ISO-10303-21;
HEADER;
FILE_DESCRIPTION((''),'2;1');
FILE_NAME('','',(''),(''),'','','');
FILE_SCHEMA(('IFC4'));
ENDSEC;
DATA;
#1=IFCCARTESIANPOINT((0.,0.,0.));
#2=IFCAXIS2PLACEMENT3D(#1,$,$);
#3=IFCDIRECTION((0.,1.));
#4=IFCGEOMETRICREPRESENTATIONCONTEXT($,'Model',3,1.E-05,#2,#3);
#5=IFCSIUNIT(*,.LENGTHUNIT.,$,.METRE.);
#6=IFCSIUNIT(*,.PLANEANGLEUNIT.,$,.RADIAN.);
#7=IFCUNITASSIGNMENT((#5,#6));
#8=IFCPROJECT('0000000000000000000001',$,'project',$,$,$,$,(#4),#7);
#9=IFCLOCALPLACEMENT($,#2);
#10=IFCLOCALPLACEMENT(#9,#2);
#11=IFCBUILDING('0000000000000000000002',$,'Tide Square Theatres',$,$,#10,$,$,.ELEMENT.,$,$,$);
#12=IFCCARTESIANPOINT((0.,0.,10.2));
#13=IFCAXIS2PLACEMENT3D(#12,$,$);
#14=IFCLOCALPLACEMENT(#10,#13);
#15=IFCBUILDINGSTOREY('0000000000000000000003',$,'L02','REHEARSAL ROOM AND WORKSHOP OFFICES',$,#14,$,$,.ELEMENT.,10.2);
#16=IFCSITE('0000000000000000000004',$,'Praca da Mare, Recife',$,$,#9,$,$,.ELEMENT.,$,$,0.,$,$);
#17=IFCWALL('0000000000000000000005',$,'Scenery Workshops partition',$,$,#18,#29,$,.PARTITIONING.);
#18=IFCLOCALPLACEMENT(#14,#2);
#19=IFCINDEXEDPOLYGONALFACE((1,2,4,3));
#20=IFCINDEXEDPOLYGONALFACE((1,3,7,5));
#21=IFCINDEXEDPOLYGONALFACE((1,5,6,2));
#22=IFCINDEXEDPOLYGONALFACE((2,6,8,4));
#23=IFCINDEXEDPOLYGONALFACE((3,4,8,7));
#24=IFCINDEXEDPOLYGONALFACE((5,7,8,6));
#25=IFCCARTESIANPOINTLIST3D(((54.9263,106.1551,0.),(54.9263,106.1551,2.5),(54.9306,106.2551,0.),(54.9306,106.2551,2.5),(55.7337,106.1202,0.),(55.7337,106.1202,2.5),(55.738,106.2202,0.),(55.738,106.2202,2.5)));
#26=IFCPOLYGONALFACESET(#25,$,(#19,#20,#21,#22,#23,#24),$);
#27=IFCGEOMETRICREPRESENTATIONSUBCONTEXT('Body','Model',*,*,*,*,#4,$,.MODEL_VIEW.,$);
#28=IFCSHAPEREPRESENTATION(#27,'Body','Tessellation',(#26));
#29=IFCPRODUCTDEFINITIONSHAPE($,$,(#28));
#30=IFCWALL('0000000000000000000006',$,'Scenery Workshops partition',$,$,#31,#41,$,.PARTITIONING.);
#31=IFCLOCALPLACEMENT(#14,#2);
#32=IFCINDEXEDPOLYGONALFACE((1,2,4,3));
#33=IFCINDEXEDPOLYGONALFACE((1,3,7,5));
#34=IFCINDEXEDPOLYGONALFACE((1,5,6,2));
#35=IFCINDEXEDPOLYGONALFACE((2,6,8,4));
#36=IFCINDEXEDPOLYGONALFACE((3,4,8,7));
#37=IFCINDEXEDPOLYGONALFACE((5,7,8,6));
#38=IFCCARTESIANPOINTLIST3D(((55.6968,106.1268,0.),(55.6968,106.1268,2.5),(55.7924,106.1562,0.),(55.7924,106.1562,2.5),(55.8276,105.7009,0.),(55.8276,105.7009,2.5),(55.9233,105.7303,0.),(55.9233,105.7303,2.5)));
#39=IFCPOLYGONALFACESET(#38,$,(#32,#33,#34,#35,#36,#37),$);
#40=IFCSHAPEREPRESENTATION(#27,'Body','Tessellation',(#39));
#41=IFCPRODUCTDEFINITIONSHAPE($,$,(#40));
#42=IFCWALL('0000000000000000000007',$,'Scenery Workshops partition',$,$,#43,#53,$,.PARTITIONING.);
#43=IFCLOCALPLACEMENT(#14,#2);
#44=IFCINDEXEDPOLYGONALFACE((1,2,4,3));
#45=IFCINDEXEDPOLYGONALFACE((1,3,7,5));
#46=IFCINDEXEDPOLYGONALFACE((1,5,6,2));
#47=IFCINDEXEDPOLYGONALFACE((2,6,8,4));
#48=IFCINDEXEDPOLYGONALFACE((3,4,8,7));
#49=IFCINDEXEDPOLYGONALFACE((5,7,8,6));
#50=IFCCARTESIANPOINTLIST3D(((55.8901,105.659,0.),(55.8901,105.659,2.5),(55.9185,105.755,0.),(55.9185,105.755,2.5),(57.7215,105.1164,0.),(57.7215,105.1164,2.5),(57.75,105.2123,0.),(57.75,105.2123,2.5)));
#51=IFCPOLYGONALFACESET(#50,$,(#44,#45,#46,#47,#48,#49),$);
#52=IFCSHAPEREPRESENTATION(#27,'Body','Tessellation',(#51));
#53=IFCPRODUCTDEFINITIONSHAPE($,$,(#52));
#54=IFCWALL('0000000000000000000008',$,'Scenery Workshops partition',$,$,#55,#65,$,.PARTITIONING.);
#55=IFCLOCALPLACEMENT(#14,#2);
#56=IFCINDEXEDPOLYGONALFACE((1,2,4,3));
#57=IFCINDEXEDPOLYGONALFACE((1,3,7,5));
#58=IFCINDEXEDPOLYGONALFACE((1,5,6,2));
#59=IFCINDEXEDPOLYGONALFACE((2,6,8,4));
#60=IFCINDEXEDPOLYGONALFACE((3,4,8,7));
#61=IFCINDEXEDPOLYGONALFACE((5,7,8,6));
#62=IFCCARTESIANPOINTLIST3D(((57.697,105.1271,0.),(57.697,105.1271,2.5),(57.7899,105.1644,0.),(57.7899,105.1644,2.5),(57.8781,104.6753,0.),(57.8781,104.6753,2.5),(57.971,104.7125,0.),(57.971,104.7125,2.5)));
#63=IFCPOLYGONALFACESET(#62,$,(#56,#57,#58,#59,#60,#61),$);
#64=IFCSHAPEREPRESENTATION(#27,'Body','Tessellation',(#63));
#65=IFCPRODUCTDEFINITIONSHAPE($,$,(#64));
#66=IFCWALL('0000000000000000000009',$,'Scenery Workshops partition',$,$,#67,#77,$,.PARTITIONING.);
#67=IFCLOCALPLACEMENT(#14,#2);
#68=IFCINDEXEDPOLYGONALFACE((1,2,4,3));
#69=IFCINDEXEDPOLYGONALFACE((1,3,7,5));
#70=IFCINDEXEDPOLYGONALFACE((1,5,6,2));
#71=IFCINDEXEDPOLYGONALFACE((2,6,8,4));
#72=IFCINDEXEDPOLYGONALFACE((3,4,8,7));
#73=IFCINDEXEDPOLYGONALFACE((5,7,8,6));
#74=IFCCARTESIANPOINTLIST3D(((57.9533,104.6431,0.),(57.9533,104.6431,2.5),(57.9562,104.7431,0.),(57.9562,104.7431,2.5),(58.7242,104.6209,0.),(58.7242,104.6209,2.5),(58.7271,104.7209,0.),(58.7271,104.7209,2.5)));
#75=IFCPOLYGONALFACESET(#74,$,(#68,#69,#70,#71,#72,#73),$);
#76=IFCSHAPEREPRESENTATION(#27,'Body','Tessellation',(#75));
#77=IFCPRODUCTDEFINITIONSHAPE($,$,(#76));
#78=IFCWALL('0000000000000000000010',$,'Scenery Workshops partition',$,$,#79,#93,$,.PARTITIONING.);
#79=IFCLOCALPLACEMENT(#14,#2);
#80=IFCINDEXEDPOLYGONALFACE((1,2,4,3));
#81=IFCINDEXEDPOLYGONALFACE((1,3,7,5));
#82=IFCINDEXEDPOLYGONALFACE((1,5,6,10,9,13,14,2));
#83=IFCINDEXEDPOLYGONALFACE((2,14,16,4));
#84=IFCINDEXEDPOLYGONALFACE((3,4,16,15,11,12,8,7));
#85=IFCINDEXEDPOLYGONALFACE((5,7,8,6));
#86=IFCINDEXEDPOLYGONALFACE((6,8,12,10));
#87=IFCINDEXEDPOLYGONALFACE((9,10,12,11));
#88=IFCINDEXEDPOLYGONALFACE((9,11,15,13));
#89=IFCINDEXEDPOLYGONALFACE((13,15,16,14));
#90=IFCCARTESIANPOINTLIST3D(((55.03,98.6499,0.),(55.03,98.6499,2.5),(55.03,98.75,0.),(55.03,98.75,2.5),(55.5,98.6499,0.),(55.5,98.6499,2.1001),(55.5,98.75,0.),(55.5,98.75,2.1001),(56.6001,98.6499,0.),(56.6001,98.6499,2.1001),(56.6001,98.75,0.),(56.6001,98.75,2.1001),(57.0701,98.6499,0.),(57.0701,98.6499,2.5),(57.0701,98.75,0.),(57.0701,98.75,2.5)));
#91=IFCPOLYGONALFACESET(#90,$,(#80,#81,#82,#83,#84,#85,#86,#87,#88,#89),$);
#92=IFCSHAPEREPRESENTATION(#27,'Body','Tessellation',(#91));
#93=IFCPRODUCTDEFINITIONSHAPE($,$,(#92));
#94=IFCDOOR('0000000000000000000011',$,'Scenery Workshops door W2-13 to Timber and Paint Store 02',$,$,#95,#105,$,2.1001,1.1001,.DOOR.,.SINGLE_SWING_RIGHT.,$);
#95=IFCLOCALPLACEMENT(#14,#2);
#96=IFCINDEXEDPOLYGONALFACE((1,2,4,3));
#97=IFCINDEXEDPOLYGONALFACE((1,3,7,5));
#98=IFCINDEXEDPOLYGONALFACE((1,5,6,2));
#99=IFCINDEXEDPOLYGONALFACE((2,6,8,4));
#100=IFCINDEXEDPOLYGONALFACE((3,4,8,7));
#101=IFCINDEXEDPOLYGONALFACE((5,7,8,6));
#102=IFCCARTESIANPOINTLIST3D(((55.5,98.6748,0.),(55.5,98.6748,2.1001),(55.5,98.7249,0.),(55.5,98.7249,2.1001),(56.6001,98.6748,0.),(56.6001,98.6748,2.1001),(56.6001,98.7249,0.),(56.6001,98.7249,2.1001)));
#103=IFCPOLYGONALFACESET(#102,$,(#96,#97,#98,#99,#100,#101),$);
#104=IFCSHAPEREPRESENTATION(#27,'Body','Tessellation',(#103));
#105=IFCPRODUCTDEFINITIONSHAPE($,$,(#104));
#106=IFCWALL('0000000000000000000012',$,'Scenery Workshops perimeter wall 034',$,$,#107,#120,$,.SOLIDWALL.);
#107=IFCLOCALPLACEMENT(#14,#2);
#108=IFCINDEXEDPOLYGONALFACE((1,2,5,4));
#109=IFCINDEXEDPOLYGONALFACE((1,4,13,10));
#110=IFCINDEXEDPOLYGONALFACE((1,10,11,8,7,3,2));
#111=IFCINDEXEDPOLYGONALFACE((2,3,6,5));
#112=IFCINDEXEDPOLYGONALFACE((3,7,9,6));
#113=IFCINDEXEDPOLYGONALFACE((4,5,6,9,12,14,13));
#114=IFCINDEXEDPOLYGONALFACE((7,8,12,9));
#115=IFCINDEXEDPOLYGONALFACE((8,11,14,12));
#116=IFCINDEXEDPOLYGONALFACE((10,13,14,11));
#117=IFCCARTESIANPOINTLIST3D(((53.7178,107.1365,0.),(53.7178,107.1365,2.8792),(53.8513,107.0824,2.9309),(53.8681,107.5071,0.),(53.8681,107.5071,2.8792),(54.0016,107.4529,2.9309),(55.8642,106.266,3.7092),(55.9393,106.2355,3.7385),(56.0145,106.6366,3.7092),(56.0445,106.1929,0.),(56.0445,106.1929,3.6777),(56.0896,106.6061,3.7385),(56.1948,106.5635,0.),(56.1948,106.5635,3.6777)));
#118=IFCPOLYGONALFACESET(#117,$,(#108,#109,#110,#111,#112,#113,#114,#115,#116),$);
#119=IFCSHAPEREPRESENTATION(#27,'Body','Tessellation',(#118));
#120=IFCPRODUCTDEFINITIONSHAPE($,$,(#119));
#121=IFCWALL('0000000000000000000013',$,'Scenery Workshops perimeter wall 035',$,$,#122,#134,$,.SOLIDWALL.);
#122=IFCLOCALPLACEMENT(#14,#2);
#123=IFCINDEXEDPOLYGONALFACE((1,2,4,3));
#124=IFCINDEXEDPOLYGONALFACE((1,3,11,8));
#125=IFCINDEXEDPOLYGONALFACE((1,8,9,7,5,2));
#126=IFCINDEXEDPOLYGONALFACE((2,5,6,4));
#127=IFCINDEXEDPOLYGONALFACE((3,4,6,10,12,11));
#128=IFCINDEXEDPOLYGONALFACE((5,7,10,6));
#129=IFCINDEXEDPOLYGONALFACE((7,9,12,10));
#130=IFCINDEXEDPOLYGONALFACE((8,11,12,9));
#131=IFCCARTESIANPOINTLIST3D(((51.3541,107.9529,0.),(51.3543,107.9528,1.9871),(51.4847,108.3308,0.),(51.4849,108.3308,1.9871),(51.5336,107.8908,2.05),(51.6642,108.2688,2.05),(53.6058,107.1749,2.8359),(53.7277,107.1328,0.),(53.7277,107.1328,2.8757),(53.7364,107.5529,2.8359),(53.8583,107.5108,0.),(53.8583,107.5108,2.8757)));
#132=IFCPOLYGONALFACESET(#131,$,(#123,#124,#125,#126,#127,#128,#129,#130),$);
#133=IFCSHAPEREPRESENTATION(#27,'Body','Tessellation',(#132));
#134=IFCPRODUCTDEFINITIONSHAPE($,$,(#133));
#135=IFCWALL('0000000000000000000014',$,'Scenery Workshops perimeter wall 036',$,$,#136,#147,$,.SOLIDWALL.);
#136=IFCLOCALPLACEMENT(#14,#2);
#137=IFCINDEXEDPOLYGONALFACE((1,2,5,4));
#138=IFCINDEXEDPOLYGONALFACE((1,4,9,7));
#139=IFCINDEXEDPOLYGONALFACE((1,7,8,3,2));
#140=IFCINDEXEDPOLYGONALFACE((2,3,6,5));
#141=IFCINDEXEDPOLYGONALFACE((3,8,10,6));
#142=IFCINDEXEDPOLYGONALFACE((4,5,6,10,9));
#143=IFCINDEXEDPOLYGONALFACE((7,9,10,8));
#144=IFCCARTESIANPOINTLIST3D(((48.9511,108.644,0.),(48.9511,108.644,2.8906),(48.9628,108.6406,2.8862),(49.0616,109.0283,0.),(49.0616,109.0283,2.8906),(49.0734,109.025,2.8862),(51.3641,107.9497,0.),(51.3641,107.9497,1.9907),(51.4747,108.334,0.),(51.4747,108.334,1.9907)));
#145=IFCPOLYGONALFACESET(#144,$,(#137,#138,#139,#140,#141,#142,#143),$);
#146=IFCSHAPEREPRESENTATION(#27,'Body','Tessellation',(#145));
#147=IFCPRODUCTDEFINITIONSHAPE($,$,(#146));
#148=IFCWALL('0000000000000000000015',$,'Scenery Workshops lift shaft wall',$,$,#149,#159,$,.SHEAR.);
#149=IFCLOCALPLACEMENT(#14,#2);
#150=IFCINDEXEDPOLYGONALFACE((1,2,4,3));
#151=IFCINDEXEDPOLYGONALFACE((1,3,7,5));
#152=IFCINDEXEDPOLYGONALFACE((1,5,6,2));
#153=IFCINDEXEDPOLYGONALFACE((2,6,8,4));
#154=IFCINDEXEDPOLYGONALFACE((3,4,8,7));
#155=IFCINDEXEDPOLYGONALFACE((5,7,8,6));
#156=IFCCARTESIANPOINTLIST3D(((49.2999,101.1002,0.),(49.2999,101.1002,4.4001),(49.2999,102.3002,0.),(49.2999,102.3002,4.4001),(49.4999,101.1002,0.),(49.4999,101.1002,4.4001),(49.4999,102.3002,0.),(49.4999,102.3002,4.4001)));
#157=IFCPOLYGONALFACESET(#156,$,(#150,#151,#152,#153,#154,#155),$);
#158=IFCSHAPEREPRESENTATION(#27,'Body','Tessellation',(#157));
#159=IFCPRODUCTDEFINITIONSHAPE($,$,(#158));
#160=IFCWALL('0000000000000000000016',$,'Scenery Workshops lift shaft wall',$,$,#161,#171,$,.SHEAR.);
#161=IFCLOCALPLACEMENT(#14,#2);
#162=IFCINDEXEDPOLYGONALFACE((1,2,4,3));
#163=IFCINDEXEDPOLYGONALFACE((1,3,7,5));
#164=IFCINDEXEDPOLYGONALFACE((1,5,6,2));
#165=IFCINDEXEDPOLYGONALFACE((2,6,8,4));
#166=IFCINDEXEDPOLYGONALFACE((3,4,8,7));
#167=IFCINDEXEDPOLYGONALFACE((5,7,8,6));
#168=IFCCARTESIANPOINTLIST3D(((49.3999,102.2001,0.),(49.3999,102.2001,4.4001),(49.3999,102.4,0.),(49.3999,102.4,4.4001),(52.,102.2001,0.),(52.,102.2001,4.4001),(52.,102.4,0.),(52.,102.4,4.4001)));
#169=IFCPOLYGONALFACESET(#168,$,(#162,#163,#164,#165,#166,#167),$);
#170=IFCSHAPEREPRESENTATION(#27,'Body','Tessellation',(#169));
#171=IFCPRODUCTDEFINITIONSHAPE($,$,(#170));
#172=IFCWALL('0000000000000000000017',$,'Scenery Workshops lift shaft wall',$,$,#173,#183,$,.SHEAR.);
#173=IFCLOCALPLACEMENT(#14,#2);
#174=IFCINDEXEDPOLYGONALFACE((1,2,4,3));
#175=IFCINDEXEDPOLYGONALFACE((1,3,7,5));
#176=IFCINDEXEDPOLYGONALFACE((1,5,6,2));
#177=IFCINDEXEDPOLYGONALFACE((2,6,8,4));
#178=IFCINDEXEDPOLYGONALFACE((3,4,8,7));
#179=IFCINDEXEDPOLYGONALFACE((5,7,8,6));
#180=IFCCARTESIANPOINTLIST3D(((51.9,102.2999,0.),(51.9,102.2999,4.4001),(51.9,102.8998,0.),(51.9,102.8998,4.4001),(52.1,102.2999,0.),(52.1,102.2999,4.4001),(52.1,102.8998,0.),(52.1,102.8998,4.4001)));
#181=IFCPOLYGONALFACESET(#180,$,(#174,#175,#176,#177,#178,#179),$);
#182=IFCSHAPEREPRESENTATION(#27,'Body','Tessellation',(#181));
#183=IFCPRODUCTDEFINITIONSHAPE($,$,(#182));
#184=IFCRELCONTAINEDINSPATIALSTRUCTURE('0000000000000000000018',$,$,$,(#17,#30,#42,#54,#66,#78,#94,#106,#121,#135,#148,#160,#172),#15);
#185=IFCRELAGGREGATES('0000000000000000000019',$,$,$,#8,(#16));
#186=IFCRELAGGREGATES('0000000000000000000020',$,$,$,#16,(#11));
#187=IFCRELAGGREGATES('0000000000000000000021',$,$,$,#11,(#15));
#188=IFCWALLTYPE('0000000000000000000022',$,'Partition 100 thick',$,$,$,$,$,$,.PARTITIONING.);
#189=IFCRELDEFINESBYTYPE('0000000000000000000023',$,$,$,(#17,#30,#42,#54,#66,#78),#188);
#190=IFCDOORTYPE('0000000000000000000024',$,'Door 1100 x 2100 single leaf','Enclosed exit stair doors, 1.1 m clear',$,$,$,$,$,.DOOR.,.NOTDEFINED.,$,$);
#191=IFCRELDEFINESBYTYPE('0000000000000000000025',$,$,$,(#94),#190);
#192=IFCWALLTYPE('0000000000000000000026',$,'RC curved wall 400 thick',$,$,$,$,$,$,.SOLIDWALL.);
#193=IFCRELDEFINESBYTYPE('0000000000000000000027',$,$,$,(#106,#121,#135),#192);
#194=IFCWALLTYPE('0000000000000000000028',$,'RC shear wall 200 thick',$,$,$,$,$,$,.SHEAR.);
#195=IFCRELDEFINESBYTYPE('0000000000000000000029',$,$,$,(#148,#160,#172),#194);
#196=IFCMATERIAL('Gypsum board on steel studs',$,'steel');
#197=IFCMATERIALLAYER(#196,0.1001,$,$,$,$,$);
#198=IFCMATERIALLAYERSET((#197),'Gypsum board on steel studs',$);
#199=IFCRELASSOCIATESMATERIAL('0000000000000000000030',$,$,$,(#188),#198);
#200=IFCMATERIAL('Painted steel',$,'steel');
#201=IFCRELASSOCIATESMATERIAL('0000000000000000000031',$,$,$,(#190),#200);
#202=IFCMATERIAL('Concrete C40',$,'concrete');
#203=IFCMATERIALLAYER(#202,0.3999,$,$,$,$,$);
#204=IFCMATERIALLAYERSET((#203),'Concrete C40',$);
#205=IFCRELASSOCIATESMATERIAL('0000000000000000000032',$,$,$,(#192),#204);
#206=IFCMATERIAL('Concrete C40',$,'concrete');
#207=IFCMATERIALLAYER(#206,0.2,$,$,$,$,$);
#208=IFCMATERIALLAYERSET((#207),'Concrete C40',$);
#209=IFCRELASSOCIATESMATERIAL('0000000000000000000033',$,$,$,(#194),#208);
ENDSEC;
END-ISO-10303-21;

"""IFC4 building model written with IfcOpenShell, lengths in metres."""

from ifc_helpers import new_model, si_unit, direction, frame, frame_2d, origin, place, context, subcontext, project, spatial, polyline, rectangle, outline, extrude, material, layer, layer_set, type_object, element, fill, save


model = new_model("IFC4")

# Units and contexts
model_context = context("Model", 3, precision=1e-05, world=origin(), true_north=direction((0.0, 1.0)))
body_context = subcontext(model_context, "Body", "Model", "MODEL_VIEW")
ifc_project = project(units=[si_unit("LENGTHUNIT", "METRE"), si_unit("PLANEANGLEUNIT", "RADIAN")], contexts=[model_context])

# Site, building, storey
site_placement = place(None, origin())
site = spatial("IfcSite", under=ifc_project, at=site_placement, Name="Praca da Mare, Recife", CompositionType="ELEMENT", RefElevation=0.0)
building_placement = place(site_placement, origin())
building = spatial("IfcBuilding", under=site, at=building_placement, Name="Tide Square Theatres", CompositionType="ELEMENT")
storey_placement = place(building_placement, frame((0.0, 0.0, 10.2)))
storey = spatial("IfcBuildingStorey", under=building, at=storey_placement, Name="L02", Description="REHEARSAL ROOM AND WORKSHOP OFFICES", CompositionType="ELEMENT", Elevation=10.2)

# Shared definitions
ifc_material_1 = material(Name="Gypsum board on steel studs", Category="steel")
ifc_layer_1 = layer(ifc_material_1, 0.1001)
ifc_layer_set_1 = layer_set([ifc_layer_1], Name="Gypsum board on steel studs")
wall_type_1 = type_object("IfcWallType", Name="Partition 100 thick", PredefinedType="PARTITIONING", material=ifc_layer_set_1)
ifc_material_2 = material(Name="Painted steel", Category="steel")
door_type_1 = type_object("IfcDoorType", Name="Door 1100 x 2100 single leaf", Description="Enclosed exit stair doors, 1.1 m clear", OperationType="NOTDEFINED", PredefinedType="DOOR", material=ifc_material_2)

# Walls
wall_1_placement = place(storey_placement, frame((54.9285, 106.2051, 0.0), z_axis=(0.0, 0.0, 1.0), x_axis=(0.999066, -0.043201, 0.0)))
element("IfcWall", 1, at=wall_1_placement, inside=storey, type_object=wall_type_1, Name="Scenery Workshops partition", PredefinedType="PARTITIONING", context=body_context, shape_type="SweptSolid", body=[
    extrude(rectangle(XDim=0.8081, YDim=0.1001, at=frame_2d((0.4041, 0.0))), origin(), (0.0, 0.0, 1.0), 2.5),
])
wall_2_placement = place(storey_placement, frame((55.7446, 106.1414, 0.0), z_axis=(0.0, 0.0, 1.0), x_axis=(0.293778, -0.955874, 0.0)))
element("IfcWall", 2, at=wall_2_placement, inside=storey, type_object=wall_type_1, Name="Scenery Workshops partition", PredefinedType="PARTITIONING", context=body_context, shape_type="SweptSolid", body=[
    extrude(rectangle(XDim=0.4456, YDim=0.1001, at=frame_2d((0.2227, 0.0))), origin(), (0.0, 0.0, 1.0), 2.5),
])
wall_3_placement = place(storey_placement, frame((55.9043, 105.707, 0.0), z_axis=(0.0, 0.0, 1.0), x_axis=(0.958792, -0.28411, 0.0)))
element("IfcWall", 3, at=wall_3_placement, inside=storey, type_object=wall_type_1, Name="Scenery Workshops partition", PredefinedType="PARTITIONING", context=body_context, shape_type="SweptSolid", body=[
    extrude(rectangle(XDim=1.9102, YDim=0.1001, at=frame_2d((0.9551, 0.0))), origin(), (0.0, 0.0, 1.0), 2.5),
])
wall_4_placement = place(storey_placement, frame((57.7434, 105.1458, 0.0), z_axis=(0.0, 0.0, 1.0), x_axis=(0.372082, -0.9282, 0.0)))
element("IfcWall", 4, at=wall_4_placement, inside=storey, type_object=wall_type_1, Name="Scenery Workshops partition", PredefinedType="PARTITIONING", context=body_context, shape_type="SweptSolid", body=[
    extrude(rectangle(XDim=0.4868, YDim=0.1001, at=frame_2d((0.2434, 0.0))), origin(), (0.0, 0.0, 1.0), 2.5),
])
wall_5_placement = place(storey_placement, frame((57.9546, 104.6931, 0.0), z_axis=(0.0, 0.0, 1.0), x_axis=(0.999585, -0.028804, 0.0)))
element("IfcWall", 5, at=wall_5_placement, inside=storey, type_object=wall_type_1, Name="Scenery Workshops partition", PredefinedType="PARTITIONING", context=body_context, shape_type="SweptSolid", body=[
    extrude(rectangle(XDim=0.7712, YDim=0.1001, at=frame_2d((0.3857, 0.0))), origin(), (0.0, 0.0, 1.0), 2.5),
])

# Wall, opening, door
wall_6_placement = place(storey_placement, frame((55.03, 98.7, 0.0), z_axis=(0.0, 0.0, 1.0), x_axis=(1.0, 0.0, 0.0)))
wall_6 = element("IfcWall", 6, at=wall_6_placement, inside=storey, type_object=wall_type_1, Name="Scenery Workshops partition", PredefinedType="PARTITIONING", context=body_context, shape_type="SweptSolid", body=[
    extrude(rectangle(XDim=2.04, YDim=0.1001, at=frame_2d((1.02, 0.0))), origin(), (0.0, 0.0, 1.0), 2.5),
])
opening_1_placement = place(wall_6_placement, frame((0.47, 0.0, 0.0)))
opening_1 = element("IfcOpeningElement", 7, at=opening_1_placement, cuts=wall_6, PredefinedType="OPENING", context=body_context, shape_type="SweptSolid", body=[
    extrude(rectangle(XDim=1.1001, YDim=2.1001, at=frame_2d((0.55, 1.05))), frame((0.0, 0.0601, 0.0), z_axis=(0.0, -1.0, 0.0), x_axis=(1.0, 0.0, 0.0)), (0.0, 0.0, 1.0), 0.1201),
])
door_1_placement = place(opening_1_placement, origin())
door_1 = element("IfcDoor", 8, at=door_1_placement, inside=storey, type_object=door_type_1, Name="Scenery Workshops door W2-13 to Timber and Paint Store 02", OperationType="SINGLE_SWING_RIGHT", OverallHeight=2.1001, OverallWidth=1.1001, PredefinedType="DOOR", context=body_context, shape_type="SweptSolid", body=[
    extrude(rectangle(XDim=1.1001, YDim=2.1001, at=frame_2d((0.55, 1.05))), frame((0.0, 0.0249, 0.0), z_axis=(0.0, -1.0, 0.0), x_axis=(1.0, 0.0, 0.0)), (0.0, 0.0, 1.0), 0.05),
])
fill(opening_1, door_1)

# Walls
ifc_material_3 = material(Name="Concrete C40", Category="concrete")
ifc_layer_2 = layer(ifc_material_3, 0.3999)
ifc_layer_set_2 = layer_set([ifc_layer_2], Name="Concrete C40")
wall_type_2 = type_object("IfcWallType", Name="RC curved wall 400 thick", PredefinedType="SOLIDWALL", material=ifc_layer_set_2)
wall_7_placement = place(storey_placement, frame((56.1196, 106.3782, 0.0), z_axis=(0.0, 0.0, 1.0), x_axis=(-0.926689, 0.375829, 0.0)))
element("IfcWall", 9, at=wall_7_placement, inside=storey, type_object=wall_type_2, Name="Scenery Workshops perimeter wall 034", PredefinedType="SOLIDWALL", context=body_context, shape_type="SweptSolid", body=[
    extrude(outline(polyline([(0.0, 0.0), (2.5107, 0.0), (2.5107, 2.8792), (2.3667, 2.9309), (0.1946, 3.7092), (0.1135, 3.7385), (0.0, 3.6777), (0.0, 0.0)])), frame((0.0, 0.2, 0.0), z_axis=(0.0, -1.0, 0.0), x_axis=(1.0, 0.0, 0.0)), (0.0, 0.0, 1.0), 0.3999),
])
wall_8_placement = place(storey_placement, frame((53.793, 107.3218, 0.0), z_axis=(0.0, 0.0, 1.0), x_axis=(-0.945175, 0.326563, 0.0)))
element("IfcWall", 10, at=wall_8_placement, inside=storey, type_object=wall_type_2, Name="Scenery Workshops perimeter wall 035", PredefinedType="SOLIDWALL", context=body_context, shape_type="SweptSolid", body=[
    extrude(outline(polyline([(0.0, 0.0), (2.5112, 0.0), (2.511, 1.9871), (2.3213, 2.05), (0.1289, 2.8359), (0.0, 2.8757), (0.0, 0.0)])), frame((0.0, 0.2, 0.0), z_axis=(0.0, -1.0, 0.0), x_axis=(1.0, 0.0, 0.0)), (0.0, 0.0, 1.0), 0.3999),
])
wall_9_placement = place(storey_placement, frame((51.4194, 108.1418, 0.0), z_axis=(0.0, 0.0, 1.0), x_axis=(-0.961009, 0.276518, 0.0)))
element("IfcWall", 11, at=wall_9_placement, inside=storey, type_object=wall_type_2, Name="Scenery Workshops perimeter wall 036", PredefinedType="SOLIDWALL", context=body_context, shape_type="SweptSolid", body=[
    extrude(outline(polyline([(0.0, 0.0), (2.511, 0.0), (2.511, 2.8906), (2.4988, 2.8862), (0.0, 1.9907), (0.0, 0.0)])), frame((0.0, 0.2, 0.0), z_axis=(0.0, -1.0, 0.0), x_axis=(1.0, 0.0, 0.0)), (0.0, 0.0, 1.0), 0.3999),
])

# Shared definitions
ifc_material_4 = material(Name="Concrete C40", Category="concrete")
ifc_layer_3 = layer(ifc_material_4, 0.2)
ifc_layer_set_3 = layer_set([ifc_layer_3], Name="Concrete C40")
wall_type_3 = type_object("IfcWallType", Name="RC shear wall 200 thick", PredefinedType="SHEAR", material=ifc_layer_set_3)

# Walls
wall_10_placement = place(storey_placement, frame((49.3999, 101.1001, 0.0), z_axis=(0.0, 0.0, 1.0), x_axis=(0.0, 1.0, 0.0)))
element("IfcWall", 12, at=wall_10_placement, inside=storey, type_object=wall_type_3, Name="Scenery Workshops lift shaft wall", PredefinedType="SHEAR", context=body_context, shape_type="SweptSolid", body=[
    extrude(rectangle(XDim=1.2, YDim=0.2, at=frame_2d((0.6001, 0.0))), origin(), (0.0, 0.0, 1.0), 4.4001),
])
wall_11_placement = place(storey_placement, frame((49.3999, 102.3, 0.0), z_axis=(0.0, 0.0, 1.0), x_axis=(1.0, 0.0, 0.0)))
element("IfcWall", 13, at=wall_11_placement, inside=storey, type_object=wall_type_3, Name="Scenery Workshops lift shaft wall", PredefinedType="SHEAR", context=body_context, shape_type="SweptSolid", body=[
    extrude(rectangle(XDim=2.6001, YDim=0.2, at=frame_2d((1.3, 0.0))), origin(), (0.0, 0.0, 1.0), 4.4001),
])
wall_12_placement = place(storey_placement, frame((52.0, 102.3, 0.0), z_axis=(0.0, 0.0, 1.0), x_axis=(0.0, 1.0, 0.0)))
element("IfcWall", 14, at=wall_12_placement, inside=storey, type_object=wall_type_3, Name="Scenery Workshops lift shaft wall", PredefinedType="SHEAR", context=body_context, shape_type="SweptSolid", body=[
    extrude(rectangle(XDim=0.5999, YDim=0.2, at=frame_2d((0.2998, 0.0))), origin(), (0.0, 0.0, 1.0), 4.4001),
])

save(model, "model.ifc")
